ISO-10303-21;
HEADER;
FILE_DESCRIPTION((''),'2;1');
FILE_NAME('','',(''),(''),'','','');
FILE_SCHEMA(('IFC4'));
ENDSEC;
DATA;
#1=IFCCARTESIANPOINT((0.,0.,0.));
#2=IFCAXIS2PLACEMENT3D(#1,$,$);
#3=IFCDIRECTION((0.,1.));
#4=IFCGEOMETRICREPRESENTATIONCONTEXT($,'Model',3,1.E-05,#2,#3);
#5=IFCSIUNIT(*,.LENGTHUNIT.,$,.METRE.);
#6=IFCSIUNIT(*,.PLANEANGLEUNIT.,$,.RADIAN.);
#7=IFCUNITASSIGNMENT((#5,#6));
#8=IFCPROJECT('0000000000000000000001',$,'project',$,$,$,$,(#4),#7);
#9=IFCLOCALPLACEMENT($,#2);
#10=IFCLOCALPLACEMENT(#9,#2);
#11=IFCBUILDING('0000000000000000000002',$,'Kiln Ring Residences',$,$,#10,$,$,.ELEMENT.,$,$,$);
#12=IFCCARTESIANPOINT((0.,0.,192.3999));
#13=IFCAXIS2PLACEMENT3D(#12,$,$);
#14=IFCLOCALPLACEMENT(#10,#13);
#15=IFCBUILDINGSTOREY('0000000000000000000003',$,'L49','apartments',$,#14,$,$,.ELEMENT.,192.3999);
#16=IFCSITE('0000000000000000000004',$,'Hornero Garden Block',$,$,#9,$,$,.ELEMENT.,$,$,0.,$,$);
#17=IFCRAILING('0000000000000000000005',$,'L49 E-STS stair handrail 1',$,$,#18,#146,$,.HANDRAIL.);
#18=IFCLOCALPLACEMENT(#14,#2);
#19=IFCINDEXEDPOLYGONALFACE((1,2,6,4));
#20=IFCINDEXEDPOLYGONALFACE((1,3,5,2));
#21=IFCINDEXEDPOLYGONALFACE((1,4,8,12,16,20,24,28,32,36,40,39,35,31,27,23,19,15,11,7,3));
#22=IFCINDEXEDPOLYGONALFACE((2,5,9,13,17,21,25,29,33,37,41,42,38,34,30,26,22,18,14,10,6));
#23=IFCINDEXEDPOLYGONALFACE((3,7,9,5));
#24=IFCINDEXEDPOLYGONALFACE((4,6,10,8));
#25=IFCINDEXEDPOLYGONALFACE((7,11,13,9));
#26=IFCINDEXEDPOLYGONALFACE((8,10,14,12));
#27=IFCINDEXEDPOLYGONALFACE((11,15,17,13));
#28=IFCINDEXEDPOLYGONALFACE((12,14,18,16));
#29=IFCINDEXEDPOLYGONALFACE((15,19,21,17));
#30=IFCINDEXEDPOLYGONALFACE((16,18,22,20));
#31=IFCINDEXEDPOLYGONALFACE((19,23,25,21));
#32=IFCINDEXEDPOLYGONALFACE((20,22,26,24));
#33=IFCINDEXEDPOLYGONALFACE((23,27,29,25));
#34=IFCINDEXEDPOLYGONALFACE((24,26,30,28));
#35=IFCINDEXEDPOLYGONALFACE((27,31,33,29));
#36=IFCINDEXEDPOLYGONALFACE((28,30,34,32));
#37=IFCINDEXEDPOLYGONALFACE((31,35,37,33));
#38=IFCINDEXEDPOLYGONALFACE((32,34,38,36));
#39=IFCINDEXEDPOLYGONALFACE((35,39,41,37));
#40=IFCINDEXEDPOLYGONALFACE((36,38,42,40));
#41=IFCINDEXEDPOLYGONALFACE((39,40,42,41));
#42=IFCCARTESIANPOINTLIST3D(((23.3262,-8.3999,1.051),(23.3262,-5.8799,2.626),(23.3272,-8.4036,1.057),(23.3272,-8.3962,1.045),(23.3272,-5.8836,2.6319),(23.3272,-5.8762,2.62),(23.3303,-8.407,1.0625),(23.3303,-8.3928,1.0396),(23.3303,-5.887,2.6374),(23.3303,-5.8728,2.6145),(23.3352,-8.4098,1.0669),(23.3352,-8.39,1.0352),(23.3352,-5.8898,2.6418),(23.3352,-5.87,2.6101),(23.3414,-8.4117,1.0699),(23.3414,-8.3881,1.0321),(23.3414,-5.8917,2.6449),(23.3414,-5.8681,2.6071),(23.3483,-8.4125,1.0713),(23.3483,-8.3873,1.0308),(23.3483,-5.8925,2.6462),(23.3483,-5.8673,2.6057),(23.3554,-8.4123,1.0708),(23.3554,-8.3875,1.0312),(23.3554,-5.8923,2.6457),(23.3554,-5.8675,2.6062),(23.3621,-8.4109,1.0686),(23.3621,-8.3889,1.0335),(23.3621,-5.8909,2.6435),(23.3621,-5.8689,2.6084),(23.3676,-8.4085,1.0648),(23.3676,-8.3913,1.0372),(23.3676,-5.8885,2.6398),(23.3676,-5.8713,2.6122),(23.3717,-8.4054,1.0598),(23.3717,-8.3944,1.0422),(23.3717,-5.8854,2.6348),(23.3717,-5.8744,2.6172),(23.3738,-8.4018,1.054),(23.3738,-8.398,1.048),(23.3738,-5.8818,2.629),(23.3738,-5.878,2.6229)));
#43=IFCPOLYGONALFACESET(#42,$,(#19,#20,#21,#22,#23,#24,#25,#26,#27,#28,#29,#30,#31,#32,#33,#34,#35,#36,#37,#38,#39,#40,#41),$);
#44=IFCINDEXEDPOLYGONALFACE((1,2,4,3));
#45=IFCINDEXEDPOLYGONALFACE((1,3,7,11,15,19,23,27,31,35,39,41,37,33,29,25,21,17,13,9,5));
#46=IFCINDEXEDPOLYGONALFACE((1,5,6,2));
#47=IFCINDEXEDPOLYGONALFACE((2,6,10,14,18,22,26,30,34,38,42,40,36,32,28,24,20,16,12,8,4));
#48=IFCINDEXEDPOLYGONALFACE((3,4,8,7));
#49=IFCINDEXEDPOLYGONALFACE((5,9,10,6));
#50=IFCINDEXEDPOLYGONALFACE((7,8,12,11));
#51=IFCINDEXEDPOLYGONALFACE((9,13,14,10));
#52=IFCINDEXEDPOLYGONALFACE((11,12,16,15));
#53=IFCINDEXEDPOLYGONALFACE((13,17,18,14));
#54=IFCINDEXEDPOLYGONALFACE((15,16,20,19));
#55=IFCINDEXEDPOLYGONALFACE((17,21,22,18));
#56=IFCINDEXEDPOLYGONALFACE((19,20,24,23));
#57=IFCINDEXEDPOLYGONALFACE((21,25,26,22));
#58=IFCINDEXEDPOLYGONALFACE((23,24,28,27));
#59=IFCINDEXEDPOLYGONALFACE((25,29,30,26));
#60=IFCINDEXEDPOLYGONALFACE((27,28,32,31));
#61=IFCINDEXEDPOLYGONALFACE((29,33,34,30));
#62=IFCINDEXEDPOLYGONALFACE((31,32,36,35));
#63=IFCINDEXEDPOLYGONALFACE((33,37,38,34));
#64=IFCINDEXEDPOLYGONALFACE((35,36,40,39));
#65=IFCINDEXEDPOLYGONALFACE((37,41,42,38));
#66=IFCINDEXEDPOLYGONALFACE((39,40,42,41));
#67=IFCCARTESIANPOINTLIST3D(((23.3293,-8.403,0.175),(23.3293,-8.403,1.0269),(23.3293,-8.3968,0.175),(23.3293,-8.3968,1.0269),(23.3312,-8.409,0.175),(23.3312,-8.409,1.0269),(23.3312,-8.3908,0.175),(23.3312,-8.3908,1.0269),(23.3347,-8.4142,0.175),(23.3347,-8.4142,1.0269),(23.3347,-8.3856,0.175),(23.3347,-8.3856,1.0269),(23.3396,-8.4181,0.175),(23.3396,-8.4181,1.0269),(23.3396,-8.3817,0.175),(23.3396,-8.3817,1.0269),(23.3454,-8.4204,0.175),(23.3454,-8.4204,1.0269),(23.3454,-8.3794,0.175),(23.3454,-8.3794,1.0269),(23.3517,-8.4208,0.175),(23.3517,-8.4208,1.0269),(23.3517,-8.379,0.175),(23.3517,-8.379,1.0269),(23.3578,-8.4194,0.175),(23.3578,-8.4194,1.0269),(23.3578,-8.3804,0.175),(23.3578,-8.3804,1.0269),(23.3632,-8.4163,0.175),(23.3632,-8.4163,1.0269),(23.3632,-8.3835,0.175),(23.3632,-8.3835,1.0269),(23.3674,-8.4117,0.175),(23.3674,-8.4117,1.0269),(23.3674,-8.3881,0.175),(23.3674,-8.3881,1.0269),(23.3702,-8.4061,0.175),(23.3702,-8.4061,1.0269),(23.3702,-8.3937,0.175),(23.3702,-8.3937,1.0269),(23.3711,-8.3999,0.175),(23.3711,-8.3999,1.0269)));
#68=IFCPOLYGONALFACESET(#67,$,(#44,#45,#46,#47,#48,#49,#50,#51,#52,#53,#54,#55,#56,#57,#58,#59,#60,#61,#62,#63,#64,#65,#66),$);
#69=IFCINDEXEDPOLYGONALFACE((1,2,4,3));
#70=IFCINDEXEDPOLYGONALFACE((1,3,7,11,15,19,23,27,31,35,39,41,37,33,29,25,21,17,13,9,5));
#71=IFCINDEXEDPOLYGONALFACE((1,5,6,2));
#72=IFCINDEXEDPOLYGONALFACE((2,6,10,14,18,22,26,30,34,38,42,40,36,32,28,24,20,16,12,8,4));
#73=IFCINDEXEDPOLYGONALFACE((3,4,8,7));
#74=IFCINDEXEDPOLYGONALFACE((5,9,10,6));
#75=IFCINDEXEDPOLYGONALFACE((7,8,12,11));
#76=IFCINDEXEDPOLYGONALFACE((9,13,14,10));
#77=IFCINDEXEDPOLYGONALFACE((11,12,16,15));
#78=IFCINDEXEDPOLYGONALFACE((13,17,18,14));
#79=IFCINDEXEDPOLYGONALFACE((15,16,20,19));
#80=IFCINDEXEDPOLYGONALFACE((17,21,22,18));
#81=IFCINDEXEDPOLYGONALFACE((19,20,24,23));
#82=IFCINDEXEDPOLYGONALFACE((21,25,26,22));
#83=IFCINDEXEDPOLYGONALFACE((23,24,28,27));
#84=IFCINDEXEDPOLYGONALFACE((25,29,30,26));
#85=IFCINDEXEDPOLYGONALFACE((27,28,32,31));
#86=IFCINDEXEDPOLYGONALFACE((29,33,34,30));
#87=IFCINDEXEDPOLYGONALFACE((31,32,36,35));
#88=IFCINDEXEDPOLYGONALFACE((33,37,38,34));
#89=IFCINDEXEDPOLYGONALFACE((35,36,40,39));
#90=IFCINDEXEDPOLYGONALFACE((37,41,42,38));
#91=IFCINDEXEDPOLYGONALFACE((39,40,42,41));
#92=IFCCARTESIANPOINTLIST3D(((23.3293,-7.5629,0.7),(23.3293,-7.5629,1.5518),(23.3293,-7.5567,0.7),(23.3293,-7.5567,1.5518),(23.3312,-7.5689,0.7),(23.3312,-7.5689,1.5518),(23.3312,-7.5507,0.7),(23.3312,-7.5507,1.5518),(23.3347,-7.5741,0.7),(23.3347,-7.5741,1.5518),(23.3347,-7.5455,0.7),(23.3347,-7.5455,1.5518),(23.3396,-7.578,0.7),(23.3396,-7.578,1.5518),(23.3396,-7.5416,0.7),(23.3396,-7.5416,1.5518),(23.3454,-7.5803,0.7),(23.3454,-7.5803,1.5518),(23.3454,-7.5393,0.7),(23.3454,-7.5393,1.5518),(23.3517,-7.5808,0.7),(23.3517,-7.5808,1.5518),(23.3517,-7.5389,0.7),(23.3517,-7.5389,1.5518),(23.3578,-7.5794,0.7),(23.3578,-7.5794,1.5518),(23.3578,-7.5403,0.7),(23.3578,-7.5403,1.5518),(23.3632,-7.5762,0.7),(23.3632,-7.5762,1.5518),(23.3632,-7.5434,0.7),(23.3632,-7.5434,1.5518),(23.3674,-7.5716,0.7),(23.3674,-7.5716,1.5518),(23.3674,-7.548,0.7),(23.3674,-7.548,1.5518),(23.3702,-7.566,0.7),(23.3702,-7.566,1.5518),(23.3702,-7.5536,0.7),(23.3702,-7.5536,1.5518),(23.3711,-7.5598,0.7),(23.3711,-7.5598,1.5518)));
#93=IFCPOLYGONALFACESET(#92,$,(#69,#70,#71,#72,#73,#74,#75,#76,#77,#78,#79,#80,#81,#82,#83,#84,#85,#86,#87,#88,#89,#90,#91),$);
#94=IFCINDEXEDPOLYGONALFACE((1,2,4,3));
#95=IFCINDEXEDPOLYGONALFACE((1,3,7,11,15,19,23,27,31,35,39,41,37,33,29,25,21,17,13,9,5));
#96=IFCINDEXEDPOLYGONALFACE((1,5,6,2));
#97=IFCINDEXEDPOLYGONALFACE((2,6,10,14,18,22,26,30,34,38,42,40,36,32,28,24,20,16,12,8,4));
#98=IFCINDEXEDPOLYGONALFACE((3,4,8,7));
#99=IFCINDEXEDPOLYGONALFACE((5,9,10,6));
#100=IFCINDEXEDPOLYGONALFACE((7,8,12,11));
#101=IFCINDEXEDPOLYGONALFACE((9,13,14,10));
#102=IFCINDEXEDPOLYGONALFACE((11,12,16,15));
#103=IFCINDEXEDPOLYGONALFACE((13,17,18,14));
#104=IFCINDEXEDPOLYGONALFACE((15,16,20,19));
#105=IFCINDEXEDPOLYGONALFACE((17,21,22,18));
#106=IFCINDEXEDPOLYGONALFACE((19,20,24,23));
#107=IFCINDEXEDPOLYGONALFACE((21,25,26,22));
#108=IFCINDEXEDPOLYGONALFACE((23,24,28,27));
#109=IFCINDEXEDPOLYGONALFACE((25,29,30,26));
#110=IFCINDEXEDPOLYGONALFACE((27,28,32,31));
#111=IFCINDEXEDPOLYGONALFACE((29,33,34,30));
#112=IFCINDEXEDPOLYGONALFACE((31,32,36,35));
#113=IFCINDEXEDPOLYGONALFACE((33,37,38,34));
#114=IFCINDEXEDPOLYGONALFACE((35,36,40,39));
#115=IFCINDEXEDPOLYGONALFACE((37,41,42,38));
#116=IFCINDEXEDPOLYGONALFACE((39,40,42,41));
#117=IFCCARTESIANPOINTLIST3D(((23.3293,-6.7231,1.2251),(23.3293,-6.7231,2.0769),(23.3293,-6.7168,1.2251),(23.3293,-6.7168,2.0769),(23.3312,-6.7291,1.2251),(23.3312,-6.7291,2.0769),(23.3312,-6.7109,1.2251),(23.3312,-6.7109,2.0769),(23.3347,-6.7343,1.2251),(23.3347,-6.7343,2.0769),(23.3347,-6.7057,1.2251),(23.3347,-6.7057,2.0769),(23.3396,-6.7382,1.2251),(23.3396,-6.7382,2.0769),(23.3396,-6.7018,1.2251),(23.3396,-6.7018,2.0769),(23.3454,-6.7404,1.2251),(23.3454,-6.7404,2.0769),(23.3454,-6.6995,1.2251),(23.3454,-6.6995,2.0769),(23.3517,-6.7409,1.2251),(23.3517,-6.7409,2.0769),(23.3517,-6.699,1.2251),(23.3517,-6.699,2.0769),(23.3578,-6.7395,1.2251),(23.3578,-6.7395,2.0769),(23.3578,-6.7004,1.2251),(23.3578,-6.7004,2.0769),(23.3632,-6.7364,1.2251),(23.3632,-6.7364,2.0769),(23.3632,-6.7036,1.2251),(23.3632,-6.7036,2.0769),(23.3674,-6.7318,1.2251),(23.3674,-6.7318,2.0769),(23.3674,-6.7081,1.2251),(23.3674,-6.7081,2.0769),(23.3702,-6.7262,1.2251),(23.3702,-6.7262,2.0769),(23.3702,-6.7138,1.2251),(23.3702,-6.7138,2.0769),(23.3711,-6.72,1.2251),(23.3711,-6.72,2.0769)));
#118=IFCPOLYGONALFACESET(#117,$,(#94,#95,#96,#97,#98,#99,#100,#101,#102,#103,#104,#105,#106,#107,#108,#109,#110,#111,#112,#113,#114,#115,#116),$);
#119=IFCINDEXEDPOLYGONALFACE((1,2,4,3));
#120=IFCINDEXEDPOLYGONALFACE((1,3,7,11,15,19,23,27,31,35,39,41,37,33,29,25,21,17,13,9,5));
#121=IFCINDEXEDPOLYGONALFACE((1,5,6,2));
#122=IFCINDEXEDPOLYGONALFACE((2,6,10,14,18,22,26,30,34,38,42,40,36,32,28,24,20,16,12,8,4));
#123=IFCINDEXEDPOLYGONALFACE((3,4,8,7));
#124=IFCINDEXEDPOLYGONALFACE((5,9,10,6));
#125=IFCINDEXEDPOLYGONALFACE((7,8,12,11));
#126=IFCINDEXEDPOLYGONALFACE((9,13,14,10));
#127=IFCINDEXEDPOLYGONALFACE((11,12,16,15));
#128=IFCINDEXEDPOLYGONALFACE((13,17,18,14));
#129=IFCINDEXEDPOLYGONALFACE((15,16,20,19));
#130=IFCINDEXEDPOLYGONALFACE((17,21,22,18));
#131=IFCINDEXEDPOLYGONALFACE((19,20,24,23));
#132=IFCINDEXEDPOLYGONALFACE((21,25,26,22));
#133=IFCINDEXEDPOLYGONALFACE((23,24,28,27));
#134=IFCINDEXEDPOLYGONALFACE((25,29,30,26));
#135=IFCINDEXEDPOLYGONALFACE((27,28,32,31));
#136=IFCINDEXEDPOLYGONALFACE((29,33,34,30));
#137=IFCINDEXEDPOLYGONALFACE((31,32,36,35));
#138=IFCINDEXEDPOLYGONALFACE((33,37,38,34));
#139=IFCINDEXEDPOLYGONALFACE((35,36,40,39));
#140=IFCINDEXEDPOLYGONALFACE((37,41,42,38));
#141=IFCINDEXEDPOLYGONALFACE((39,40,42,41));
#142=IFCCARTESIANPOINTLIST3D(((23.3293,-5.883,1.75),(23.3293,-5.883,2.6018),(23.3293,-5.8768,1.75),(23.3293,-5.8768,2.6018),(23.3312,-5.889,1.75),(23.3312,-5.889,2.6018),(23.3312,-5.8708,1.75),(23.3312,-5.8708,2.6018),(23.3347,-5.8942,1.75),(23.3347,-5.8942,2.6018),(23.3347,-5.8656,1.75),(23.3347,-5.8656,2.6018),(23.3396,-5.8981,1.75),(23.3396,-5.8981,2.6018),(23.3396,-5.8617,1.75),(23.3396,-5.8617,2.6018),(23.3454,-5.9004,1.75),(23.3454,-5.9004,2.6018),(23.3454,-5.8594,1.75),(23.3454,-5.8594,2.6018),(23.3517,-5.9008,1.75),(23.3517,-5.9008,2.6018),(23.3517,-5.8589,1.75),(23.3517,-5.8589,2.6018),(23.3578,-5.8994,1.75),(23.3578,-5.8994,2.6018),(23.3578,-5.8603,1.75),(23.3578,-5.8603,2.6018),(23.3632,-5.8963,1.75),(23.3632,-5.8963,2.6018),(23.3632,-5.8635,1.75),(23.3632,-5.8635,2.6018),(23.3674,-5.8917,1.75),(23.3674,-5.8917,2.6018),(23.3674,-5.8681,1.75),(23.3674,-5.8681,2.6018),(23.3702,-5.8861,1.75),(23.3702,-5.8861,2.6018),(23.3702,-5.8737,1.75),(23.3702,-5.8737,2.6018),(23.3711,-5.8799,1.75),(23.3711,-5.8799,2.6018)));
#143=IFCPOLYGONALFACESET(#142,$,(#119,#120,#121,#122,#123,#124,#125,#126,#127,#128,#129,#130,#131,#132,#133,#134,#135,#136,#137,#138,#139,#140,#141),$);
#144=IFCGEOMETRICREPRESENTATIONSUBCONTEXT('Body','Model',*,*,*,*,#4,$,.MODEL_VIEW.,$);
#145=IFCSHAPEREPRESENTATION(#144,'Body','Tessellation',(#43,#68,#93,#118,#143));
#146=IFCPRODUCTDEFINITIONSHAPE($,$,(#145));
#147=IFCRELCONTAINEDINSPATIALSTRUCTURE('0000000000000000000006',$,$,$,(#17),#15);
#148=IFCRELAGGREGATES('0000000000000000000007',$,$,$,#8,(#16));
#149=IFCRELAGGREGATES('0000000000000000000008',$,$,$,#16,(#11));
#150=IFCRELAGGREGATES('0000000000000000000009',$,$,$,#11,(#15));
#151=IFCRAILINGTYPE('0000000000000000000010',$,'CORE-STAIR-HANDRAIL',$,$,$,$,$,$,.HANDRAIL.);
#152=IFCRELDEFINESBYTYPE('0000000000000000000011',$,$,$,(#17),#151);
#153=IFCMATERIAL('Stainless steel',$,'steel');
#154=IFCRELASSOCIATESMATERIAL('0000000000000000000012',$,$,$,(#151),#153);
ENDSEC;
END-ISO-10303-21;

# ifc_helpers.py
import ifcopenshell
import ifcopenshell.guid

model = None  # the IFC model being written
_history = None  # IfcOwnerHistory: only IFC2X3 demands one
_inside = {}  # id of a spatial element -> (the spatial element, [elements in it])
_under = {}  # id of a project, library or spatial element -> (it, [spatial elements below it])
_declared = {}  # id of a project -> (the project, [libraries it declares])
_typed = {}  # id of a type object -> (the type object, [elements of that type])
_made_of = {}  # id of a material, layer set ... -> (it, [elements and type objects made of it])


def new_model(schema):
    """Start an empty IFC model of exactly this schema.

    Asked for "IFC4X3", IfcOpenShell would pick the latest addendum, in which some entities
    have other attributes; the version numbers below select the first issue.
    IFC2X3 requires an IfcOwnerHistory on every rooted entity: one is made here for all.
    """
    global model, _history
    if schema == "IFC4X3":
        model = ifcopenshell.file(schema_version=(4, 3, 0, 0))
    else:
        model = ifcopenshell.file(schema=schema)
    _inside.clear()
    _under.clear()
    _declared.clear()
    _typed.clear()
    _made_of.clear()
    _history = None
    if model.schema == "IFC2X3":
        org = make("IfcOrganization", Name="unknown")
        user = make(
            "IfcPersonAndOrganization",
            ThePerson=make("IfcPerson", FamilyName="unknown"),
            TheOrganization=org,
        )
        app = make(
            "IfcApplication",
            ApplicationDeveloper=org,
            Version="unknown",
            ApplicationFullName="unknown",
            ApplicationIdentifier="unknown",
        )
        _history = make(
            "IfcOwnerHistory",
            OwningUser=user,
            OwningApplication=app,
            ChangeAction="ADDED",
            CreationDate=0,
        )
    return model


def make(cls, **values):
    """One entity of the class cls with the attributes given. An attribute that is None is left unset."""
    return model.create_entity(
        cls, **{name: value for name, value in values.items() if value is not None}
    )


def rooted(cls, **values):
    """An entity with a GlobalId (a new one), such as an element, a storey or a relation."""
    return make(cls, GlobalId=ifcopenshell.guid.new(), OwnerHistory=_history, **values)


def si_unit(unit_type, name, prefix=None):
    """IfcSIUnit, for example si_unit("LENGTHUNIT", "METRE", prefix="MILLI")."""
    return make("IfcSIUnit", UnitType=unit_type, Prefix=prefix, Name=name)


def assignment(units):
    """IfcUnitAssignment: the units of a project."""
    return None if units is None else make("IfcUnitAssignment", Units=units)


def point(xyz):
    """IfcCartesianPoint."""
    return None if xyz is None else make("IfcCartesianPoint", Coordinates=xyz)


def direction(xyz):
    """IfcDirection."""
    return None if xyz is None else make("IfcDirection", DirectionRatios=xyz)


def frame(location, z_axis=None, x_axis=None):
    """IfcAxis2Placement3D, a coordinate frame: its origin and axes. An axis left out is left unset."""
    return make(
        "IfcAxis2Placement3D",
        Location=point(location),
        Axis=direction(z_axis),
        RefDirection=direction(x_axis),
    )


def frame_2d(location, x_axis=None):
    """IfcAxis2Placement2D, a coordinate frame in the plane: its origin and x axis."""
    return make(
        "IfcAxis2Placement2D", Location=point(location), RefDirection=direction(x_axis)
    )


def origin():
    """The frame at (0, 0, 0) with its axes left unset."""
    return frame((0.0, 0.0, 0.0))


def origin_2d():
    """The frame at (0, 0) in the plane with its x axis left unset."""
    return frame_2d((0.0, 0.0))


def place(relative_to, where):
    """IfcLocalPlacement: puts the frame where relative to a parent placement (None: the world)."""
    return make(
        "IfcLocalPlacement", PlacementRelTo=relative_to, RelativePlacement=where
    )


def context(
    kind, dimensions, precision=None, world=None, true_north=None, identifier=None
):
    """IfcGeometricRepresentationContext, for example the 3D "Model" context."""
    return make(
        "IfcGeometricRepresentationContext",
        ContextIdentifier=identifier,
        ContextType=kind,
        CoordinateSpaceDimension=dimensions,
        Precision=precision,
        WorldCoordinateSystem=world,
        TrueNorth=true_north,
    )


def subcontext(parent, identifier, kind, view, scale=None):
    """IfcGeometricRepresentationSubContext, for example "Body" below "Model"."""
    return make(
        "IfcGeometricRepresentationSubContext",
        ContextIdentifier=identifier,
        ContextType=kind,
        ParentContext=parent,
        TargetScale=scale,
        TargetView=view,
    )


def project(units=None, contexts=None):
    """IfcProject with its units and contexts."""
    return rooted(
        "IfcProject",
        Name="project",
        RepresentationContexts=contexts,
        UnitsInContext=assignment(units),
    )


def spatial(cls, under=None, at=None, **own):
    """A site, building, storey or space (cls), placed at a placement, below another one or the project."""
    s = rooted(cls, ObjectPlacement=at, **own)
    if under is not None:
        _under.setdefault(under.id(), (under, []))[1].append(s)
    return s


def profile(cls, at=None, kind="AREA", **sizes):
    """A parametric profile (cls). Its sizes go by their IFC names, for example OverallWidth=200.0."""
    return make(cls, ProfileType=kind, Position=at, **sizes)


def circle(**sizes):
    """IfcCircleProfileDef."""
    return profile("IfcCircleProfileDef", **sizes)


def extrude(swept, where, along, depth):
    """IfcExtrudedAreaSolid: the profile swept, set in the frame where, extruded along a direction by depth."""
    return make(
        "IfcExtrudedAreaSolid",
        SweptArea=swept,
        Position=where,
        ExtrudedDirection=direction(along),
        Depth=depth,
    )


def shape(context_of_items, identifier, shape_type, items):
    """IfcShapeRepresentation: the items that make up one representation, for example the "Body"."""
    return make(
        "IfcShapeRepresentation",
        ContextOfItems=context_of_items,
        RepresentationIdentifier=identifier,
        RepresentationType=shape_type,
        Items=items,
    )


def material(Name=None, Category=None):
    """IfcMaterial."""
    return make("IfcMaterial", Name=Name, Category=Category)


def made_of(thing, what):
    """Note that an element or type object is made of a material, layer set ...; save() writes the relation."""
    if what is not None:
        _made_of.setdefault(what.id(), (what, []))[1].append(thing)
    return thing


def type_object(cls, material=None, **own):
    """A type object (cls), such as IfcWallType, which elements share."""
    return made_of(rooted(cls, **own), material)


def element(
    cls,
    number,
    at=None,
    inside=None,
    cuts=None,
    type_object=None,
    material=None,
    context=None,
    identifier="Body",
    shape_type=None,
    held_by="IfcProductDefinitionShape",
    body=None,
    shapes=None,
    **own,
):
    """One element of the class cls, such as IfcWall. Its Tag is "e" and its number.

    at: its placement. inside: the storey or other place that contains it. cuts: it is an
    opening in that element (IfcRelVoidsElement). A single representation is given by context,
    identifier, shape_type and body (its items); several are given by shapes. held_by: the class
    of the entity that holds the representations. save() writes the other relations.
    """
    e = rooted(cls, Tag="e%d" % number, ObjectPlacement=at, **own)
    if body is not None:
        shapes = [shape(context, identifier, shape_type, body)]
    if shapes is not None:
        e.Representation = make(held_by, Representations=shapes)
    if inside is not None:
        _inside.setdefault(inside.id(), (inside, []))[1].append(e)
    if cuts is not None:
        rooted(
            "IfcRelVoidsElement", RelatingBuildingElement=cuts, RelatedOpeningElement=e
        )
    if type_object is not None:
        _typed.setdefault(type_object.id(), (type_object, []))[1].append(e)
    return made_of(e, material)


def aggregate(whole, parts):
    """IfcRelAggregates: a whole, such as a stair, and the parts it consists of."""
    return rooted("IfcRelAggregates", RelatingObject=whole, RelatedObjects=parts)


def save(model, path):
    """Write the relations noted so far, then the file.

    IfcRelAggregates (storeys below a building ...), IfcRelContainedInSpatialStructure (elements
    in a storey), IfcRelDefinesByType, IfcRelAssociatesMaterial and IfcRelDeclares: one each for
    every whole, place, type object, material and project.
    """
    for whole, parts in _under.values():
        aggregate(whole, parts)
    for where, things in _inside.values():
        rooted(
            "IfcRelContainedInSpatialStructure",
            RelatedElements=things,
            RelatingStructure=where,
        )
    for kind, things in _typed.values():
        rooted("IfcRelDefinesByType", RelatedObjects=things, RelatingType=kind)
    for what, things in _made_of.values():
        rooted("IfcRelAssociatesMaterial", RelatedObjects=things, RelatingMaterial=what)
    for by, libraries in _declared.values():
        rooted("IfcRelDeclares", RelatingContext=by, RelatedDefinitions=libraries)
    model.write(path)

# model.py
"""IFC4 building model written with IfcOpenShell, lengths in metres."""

from ifc_helpers import new_model, si_unit, direction, frame, origin, origin_2d, place, context, subcontext, project, spatial, circle, extrude, material, type_object, element, save


model = new_model("IFC4")

# Units and contexts
model_context = context("Model", 3, precision=1e-05, world=origin(), true_north=direction((0.0, 1.0)))
body_context = subcontext(model_context, "Body", "Model", "MODEL_VIEW")
ifc_project = project(units=[si_unit("LENGTHUNIT", "METRE"), si_unit("PLANEANGLEUNIT", "RADIAN")], contexts=[model_context])

# Site, building, storey
site_placement = place(None, origin())
site = spatial("IfcSite", under=ifc_project, at=site_placement, Name="Hornero Garden Block", CompositionType="ELEMENT", RefElevation=0.0)
building_placement = place(site_placement, origin())
building = spatial("IfcBuilding", under=site, at=building_placement, Name="Kiln Ring Residences", CompositionType="ELEMENT")
storey_placement = place(building_placement, frame((0.0, 0.0, 192.3999)))
storey = spatial("IfcBuildingStorey", under=building, at=storey_placement, Name="L49", Description="apartments", CompositionType="ELEMENT", Elevation=192.3999)

# Railing
ifc_material_1 = material(Name="Stainless steel", Category="steel")
railing_type_1 = type_object("IfcRailingType", Name="CORE-STAIR-HANDRAIL", PredefinedType="HANDRAIL", material=ifc_material_1)
railing_1_placement = place(storey_placement, frame((23.3501, -8.3999, 0.175)))
element("IfcRailing", 1, at=railing_1_placement, inside=storey, type_object=railing_type_1, Name="L49 E-STS stair handrail 1", PredefinedType="HANDRAIL", context=body_context, shape_type="SweptSolid", body=[
    extrude(circle(Radius=0.0239, at=origin_2d()), frame((0.0, 0.0, 0.876), z_axis=(0.0, 0.848008, 0.529984), x_axis=(-1.0, 0.0, 0.0)), (0.0, 0.0, 1.0), 2.9717),
    extrude(circle(Radius=0.021, at=origin_2d()), origin(), (0.0, 0.0, 1.0), 0.8518),
    extrude(circle(Radius=0.021, at=origin_2d()), frame((0.0, 0.8401, 0.5249)), (0.0, 0.0, 1.0), 0.8518),
    extrude(circle(Radius=0.021, at=origin_2d()), frame((0.0, 1.6799, 1.05)), (0.0, 0.0, 1.0), 0.8518),
    extrude(circle(Radius=0.021, at=origin_2d()), frame((0.0, 2.52, 1.575)), (0.0, 0.0, 1.0), 0.8518),
])

save(model, "model.ifc")
